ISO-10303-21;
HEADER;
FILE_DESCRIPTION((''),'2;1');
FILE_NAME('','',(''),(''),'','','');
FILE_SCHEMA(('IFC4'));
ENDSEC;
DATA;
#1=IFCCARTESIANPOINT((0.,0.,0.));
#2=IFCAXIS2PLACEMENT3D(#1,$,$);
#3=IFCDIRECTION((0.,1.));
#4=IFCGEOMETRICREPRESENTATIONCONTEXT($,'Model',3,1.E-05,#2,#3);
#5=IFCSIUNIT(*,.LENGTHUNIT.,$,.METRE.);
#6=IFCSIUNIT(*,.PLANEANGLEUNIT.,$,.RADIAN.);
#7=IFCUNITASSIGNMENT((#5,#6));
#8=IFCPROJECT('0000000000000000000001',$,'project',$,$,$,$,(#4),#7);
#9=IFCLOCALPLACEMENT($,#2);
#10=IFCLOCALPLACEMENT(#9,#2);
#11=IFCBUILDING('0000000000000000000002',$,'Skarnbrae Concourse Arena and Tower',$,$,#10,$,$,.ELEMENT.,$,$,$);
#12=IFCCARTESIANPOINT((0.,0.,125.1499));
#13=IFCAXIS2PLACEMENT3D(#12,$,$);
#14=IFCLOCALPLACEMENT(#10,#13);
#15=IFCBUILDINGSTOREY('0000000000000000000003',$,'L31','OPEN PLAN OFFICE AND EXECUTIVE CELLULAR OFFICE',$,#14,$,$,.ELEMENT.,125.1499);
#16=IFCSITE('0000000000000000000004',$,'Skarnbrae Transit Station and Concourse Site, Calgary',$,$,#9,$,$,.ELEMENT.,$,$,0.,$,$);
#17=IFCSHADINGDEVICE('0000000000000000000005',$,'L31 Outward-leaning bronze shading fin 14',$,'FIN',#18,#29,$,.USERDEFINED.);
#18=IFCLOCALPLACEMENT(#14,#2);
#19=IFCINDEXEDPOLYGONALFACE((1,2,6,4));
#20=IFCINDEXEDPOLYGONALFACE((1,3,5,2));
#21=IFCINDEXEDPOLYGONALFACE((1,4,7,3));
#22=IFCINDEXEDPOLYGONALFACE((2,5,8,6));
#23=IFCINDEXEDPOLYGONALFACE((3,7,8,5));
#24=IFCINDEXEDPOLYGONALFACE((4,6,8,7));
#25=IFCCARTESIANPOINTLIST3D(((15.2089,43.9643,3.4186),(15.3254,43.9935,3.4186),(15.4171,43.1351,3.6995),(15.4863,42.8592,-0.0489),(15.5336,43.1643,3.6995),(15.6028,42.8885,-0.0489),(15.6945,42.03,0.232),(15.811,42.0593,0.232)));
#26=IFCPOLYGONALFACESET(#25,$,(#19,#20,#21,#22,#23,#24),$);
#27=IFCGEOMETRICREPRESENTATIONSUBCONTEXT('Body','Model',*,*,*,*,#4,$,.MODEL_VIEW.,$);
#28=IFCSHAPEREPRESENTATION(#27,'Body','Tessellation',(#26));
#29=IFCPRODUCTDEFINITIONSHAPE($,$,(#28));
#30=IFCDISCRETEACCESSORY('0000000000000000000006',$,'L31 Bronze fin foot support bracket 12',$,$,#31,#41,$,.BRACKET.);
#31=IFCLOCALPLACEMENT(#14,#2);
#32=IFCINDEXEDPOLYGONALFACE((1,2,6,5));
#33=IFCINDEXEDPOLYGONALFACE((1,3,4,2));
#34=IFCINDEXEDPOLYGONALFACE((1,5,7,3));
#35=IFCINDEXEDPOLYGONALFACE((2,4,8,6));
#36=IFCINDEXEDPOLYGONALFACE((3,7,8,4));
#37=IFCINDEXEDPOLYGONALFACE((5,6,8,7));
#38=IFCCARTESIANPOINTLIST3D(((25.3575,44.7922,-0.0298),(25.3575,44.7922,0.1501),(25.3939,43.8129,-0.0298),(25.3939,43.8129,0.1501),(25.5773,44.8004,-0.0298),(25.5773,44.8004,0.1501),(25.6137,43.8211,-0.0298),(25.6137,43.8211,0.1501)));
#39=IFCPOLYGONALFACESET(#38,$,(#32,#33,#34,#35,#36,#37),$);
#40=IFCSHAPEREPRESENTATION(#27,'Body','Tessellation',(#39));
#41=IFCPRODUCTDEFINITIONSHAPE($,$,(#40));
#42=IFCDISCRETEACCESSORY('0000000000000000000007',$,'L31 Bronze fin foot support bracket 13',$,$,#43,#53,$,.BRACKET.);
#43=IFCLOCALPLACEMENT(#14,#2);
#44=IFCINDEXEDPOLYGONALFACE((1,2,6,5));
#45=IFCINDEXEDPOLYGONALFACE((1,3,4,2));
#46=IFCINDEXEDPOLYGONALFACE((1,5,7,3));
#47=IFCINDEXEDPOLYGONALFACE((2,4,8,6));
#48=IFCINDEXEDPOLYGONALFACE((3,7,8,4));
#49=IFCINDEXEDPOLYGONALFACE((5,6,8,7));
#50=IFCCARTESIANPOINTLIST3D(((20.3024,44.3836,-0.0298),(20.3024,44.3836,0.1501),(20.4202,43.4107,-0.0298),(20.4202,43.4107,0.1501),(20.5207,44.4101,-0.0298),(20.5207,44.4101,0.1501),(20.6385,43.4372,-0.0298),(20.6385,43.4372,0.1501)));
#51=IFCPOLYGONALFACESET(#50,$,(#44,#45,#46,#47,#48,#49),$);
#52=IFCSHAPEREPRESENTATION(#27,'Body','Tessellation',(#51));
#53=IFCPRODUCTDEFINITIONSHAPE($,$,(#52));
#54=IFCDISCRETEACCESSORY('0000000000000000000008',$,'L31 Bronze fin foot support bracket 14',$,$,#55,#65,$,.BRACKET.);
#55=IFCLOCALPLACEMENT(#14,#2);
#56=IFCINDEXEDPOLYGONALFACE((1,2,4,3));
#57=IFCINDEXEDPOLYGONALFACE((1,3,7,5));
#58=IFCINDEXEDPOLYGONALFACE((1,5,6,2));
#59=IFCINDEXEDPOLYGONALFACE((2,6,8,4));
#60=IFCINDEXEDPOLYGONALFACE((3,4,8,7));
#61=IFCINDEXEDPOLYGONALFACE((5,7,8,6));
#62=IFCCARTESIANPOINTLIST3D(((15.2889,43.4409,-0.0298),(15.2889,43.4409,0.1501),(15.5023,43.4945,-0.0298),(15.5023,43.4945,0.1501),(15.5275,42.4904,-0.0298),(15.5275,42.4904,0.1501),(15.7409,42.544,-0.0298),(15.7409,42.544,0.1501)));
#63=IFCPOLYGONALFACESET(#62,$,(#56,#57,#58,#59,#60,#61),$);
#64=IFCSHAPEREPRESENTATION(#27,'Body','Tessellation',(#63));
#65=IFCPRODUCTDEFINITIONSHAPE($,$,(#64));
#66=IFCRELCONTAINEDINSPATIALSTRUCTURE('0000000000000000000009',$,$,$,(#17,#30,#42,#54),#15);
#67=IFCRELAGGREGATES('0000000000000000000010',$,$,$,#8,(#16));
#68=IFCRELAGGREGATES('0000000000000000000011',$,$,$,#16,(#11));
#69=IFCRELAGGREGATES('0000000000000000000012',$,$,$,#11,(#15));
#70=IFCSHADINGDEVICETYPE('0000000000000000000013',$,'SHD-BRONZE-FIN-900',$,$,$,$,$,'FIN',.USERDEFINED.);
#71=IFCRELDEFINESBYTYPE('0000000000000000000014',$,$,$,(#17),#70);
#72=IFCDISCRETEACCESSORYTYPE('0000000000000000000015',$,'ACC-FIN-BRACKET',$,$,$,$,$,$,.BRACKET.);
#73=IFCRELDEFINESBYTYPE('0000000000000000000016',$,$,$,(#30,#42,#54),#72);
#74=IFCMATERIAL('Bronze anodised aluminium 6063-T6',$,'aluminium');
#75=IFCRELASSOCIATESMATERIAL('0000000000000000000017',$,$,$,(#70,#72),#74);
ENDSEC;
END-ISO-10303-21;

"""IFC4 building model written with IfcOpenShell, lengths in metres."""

from ifc_helpers import new_model, si_unit, direction, frame, origin, origin_2d, place, context, subcontext, project, spatial, rectangle, extrude, source, transform, mapped, material, type_object, element, save


model = new_model("IFC4")

# Units and contexts
model_context = context("Model", 3, precision=1e-05, world=origin(), true_north=direction((0.0, 1.0)))
body_context = subcontext(model_context, "Body", "Model", "MODEL_VIEW")
ifc_project = project(units=[si_unit("LENGTHUNIT", "METRE"), si_unit("PLANEANGLEUNIT", "RADIAN")], contexts=[model_context])

# Site, building, storey
site_placement = place(None, origin())
site = spatial("IfcSite", under=ifc_project, at=site_placement, Name="Skarnbrae Transit Station and Concourse Site, Calgary", CompositionType="ELEMENT", RefElevation=0.0)
building_placement = place(site_placement, origin())
building = spatial("IfcBuilding", under=site, at=building_placement, Name="Skarnbrae Concourse Arena and Tower", CompositionType="ELEMENT")
storey_placement = place(building_placement, frame((0.0, 0.0, 125.1499)))
storey = spatial("IfcBuildingStorey", under=building, at=storey_placement, Name="L31", Description="OPEN PLAN OFFICE AND EXECUTIVE CELLULAR OFFICE", CompositionType="ELEMENT", Elevation=125.1499)

# Shared definitions
ifc_material_1 = material(Name="Bronze anodised aluminium 6063-T6", Category="aluminium")

# Shading device
shading_device_type = type_object("IfcShadingDeviceType", Name="SHD-BRONZE-FIN-900", ElementType="FIN", PredefinedType="USERDEFINED", material=ifc_material_1)
shared_shape_1 = source(origin(), body_context, "Body", "SweptSolid", [
    extrude(rectangle(XDim=0.1201, YDim=0.8999, at=origin_2d()), origin(), (0.0, 0.0, 1.0), 3.6499),
])
for number, where, z_axis, x_axis, name in (
    (1, (15.6487, 42.4592, 0.0916), (-0.076012, 0.302773, 0.950027), (0.969902, 0.243497, 0.0), "L31 Outward-leaning bronze shading fin 14"),
):
    element("IfcShadingDevice", number, at=place(storey_placement, frame(where, z_axis=z_axis, x_axis=x_axis)), inside=storey, type_object=shading_device_type, Name=name, ObjectType="FIN", PredefinedType="USERDEFINED", context=body_context, shape_type="MappedRepresentation", body=[
        mapped(shared_shape_1, transform((0.0, 0.0, 0.0))),
    ])

# Discrete accessories
discrete_accessory_type = type_object("IfcDiscreteAccessoryType", Name="ACC-FIN-BRACKET", PredefinedType="BRACKET", material=ifc_material_1)
shared_shape_2 = source(origin(), body_context, "Body", "SweptSolid", [
    extrude(rectangle(XDim=0.22, YDim=0.98, at=origin_2d()), origin(), (0.0, 0.0, 1.0), 0.1799),
])
for number, where, z_axis, x_axis, name in (
    (2, (25.4856, 44.3066, -0.0298), (0.0, 0.0, 1.0), (0.999308, 0.037184, 0.0), "L31 Bronze fin foot support bracket 12"),
    (3, (20.4705, 43.9104, -0.0298), (0.0, 0.0, 1.0), (0.992749, 0.120206, 0.0), "L31 Bronze fin foot support bracket 13"),
    (4, (15.5149, 42.9924, -0.0298), (0.0, 0.0, 1.0), (0.969902, 0.243497, 0.0), "L31 Bronze fin foot support bracket 14"),
):
    element("IfcDiscreteAccessory", number, at=place(storey_placement, frame(where, z_axis=z_axis, x_axis=x_axis)), inside=storey, type_object=discrete_accessory_type, Name=name, PredefinedType="BRACKET", context=body_context, shape_type="MappedRepresentation", body=[
        mapped(shared_shape_2, transform((0.0, 0.0, 0.0))),
    ])

save(model, "model.ifc")
